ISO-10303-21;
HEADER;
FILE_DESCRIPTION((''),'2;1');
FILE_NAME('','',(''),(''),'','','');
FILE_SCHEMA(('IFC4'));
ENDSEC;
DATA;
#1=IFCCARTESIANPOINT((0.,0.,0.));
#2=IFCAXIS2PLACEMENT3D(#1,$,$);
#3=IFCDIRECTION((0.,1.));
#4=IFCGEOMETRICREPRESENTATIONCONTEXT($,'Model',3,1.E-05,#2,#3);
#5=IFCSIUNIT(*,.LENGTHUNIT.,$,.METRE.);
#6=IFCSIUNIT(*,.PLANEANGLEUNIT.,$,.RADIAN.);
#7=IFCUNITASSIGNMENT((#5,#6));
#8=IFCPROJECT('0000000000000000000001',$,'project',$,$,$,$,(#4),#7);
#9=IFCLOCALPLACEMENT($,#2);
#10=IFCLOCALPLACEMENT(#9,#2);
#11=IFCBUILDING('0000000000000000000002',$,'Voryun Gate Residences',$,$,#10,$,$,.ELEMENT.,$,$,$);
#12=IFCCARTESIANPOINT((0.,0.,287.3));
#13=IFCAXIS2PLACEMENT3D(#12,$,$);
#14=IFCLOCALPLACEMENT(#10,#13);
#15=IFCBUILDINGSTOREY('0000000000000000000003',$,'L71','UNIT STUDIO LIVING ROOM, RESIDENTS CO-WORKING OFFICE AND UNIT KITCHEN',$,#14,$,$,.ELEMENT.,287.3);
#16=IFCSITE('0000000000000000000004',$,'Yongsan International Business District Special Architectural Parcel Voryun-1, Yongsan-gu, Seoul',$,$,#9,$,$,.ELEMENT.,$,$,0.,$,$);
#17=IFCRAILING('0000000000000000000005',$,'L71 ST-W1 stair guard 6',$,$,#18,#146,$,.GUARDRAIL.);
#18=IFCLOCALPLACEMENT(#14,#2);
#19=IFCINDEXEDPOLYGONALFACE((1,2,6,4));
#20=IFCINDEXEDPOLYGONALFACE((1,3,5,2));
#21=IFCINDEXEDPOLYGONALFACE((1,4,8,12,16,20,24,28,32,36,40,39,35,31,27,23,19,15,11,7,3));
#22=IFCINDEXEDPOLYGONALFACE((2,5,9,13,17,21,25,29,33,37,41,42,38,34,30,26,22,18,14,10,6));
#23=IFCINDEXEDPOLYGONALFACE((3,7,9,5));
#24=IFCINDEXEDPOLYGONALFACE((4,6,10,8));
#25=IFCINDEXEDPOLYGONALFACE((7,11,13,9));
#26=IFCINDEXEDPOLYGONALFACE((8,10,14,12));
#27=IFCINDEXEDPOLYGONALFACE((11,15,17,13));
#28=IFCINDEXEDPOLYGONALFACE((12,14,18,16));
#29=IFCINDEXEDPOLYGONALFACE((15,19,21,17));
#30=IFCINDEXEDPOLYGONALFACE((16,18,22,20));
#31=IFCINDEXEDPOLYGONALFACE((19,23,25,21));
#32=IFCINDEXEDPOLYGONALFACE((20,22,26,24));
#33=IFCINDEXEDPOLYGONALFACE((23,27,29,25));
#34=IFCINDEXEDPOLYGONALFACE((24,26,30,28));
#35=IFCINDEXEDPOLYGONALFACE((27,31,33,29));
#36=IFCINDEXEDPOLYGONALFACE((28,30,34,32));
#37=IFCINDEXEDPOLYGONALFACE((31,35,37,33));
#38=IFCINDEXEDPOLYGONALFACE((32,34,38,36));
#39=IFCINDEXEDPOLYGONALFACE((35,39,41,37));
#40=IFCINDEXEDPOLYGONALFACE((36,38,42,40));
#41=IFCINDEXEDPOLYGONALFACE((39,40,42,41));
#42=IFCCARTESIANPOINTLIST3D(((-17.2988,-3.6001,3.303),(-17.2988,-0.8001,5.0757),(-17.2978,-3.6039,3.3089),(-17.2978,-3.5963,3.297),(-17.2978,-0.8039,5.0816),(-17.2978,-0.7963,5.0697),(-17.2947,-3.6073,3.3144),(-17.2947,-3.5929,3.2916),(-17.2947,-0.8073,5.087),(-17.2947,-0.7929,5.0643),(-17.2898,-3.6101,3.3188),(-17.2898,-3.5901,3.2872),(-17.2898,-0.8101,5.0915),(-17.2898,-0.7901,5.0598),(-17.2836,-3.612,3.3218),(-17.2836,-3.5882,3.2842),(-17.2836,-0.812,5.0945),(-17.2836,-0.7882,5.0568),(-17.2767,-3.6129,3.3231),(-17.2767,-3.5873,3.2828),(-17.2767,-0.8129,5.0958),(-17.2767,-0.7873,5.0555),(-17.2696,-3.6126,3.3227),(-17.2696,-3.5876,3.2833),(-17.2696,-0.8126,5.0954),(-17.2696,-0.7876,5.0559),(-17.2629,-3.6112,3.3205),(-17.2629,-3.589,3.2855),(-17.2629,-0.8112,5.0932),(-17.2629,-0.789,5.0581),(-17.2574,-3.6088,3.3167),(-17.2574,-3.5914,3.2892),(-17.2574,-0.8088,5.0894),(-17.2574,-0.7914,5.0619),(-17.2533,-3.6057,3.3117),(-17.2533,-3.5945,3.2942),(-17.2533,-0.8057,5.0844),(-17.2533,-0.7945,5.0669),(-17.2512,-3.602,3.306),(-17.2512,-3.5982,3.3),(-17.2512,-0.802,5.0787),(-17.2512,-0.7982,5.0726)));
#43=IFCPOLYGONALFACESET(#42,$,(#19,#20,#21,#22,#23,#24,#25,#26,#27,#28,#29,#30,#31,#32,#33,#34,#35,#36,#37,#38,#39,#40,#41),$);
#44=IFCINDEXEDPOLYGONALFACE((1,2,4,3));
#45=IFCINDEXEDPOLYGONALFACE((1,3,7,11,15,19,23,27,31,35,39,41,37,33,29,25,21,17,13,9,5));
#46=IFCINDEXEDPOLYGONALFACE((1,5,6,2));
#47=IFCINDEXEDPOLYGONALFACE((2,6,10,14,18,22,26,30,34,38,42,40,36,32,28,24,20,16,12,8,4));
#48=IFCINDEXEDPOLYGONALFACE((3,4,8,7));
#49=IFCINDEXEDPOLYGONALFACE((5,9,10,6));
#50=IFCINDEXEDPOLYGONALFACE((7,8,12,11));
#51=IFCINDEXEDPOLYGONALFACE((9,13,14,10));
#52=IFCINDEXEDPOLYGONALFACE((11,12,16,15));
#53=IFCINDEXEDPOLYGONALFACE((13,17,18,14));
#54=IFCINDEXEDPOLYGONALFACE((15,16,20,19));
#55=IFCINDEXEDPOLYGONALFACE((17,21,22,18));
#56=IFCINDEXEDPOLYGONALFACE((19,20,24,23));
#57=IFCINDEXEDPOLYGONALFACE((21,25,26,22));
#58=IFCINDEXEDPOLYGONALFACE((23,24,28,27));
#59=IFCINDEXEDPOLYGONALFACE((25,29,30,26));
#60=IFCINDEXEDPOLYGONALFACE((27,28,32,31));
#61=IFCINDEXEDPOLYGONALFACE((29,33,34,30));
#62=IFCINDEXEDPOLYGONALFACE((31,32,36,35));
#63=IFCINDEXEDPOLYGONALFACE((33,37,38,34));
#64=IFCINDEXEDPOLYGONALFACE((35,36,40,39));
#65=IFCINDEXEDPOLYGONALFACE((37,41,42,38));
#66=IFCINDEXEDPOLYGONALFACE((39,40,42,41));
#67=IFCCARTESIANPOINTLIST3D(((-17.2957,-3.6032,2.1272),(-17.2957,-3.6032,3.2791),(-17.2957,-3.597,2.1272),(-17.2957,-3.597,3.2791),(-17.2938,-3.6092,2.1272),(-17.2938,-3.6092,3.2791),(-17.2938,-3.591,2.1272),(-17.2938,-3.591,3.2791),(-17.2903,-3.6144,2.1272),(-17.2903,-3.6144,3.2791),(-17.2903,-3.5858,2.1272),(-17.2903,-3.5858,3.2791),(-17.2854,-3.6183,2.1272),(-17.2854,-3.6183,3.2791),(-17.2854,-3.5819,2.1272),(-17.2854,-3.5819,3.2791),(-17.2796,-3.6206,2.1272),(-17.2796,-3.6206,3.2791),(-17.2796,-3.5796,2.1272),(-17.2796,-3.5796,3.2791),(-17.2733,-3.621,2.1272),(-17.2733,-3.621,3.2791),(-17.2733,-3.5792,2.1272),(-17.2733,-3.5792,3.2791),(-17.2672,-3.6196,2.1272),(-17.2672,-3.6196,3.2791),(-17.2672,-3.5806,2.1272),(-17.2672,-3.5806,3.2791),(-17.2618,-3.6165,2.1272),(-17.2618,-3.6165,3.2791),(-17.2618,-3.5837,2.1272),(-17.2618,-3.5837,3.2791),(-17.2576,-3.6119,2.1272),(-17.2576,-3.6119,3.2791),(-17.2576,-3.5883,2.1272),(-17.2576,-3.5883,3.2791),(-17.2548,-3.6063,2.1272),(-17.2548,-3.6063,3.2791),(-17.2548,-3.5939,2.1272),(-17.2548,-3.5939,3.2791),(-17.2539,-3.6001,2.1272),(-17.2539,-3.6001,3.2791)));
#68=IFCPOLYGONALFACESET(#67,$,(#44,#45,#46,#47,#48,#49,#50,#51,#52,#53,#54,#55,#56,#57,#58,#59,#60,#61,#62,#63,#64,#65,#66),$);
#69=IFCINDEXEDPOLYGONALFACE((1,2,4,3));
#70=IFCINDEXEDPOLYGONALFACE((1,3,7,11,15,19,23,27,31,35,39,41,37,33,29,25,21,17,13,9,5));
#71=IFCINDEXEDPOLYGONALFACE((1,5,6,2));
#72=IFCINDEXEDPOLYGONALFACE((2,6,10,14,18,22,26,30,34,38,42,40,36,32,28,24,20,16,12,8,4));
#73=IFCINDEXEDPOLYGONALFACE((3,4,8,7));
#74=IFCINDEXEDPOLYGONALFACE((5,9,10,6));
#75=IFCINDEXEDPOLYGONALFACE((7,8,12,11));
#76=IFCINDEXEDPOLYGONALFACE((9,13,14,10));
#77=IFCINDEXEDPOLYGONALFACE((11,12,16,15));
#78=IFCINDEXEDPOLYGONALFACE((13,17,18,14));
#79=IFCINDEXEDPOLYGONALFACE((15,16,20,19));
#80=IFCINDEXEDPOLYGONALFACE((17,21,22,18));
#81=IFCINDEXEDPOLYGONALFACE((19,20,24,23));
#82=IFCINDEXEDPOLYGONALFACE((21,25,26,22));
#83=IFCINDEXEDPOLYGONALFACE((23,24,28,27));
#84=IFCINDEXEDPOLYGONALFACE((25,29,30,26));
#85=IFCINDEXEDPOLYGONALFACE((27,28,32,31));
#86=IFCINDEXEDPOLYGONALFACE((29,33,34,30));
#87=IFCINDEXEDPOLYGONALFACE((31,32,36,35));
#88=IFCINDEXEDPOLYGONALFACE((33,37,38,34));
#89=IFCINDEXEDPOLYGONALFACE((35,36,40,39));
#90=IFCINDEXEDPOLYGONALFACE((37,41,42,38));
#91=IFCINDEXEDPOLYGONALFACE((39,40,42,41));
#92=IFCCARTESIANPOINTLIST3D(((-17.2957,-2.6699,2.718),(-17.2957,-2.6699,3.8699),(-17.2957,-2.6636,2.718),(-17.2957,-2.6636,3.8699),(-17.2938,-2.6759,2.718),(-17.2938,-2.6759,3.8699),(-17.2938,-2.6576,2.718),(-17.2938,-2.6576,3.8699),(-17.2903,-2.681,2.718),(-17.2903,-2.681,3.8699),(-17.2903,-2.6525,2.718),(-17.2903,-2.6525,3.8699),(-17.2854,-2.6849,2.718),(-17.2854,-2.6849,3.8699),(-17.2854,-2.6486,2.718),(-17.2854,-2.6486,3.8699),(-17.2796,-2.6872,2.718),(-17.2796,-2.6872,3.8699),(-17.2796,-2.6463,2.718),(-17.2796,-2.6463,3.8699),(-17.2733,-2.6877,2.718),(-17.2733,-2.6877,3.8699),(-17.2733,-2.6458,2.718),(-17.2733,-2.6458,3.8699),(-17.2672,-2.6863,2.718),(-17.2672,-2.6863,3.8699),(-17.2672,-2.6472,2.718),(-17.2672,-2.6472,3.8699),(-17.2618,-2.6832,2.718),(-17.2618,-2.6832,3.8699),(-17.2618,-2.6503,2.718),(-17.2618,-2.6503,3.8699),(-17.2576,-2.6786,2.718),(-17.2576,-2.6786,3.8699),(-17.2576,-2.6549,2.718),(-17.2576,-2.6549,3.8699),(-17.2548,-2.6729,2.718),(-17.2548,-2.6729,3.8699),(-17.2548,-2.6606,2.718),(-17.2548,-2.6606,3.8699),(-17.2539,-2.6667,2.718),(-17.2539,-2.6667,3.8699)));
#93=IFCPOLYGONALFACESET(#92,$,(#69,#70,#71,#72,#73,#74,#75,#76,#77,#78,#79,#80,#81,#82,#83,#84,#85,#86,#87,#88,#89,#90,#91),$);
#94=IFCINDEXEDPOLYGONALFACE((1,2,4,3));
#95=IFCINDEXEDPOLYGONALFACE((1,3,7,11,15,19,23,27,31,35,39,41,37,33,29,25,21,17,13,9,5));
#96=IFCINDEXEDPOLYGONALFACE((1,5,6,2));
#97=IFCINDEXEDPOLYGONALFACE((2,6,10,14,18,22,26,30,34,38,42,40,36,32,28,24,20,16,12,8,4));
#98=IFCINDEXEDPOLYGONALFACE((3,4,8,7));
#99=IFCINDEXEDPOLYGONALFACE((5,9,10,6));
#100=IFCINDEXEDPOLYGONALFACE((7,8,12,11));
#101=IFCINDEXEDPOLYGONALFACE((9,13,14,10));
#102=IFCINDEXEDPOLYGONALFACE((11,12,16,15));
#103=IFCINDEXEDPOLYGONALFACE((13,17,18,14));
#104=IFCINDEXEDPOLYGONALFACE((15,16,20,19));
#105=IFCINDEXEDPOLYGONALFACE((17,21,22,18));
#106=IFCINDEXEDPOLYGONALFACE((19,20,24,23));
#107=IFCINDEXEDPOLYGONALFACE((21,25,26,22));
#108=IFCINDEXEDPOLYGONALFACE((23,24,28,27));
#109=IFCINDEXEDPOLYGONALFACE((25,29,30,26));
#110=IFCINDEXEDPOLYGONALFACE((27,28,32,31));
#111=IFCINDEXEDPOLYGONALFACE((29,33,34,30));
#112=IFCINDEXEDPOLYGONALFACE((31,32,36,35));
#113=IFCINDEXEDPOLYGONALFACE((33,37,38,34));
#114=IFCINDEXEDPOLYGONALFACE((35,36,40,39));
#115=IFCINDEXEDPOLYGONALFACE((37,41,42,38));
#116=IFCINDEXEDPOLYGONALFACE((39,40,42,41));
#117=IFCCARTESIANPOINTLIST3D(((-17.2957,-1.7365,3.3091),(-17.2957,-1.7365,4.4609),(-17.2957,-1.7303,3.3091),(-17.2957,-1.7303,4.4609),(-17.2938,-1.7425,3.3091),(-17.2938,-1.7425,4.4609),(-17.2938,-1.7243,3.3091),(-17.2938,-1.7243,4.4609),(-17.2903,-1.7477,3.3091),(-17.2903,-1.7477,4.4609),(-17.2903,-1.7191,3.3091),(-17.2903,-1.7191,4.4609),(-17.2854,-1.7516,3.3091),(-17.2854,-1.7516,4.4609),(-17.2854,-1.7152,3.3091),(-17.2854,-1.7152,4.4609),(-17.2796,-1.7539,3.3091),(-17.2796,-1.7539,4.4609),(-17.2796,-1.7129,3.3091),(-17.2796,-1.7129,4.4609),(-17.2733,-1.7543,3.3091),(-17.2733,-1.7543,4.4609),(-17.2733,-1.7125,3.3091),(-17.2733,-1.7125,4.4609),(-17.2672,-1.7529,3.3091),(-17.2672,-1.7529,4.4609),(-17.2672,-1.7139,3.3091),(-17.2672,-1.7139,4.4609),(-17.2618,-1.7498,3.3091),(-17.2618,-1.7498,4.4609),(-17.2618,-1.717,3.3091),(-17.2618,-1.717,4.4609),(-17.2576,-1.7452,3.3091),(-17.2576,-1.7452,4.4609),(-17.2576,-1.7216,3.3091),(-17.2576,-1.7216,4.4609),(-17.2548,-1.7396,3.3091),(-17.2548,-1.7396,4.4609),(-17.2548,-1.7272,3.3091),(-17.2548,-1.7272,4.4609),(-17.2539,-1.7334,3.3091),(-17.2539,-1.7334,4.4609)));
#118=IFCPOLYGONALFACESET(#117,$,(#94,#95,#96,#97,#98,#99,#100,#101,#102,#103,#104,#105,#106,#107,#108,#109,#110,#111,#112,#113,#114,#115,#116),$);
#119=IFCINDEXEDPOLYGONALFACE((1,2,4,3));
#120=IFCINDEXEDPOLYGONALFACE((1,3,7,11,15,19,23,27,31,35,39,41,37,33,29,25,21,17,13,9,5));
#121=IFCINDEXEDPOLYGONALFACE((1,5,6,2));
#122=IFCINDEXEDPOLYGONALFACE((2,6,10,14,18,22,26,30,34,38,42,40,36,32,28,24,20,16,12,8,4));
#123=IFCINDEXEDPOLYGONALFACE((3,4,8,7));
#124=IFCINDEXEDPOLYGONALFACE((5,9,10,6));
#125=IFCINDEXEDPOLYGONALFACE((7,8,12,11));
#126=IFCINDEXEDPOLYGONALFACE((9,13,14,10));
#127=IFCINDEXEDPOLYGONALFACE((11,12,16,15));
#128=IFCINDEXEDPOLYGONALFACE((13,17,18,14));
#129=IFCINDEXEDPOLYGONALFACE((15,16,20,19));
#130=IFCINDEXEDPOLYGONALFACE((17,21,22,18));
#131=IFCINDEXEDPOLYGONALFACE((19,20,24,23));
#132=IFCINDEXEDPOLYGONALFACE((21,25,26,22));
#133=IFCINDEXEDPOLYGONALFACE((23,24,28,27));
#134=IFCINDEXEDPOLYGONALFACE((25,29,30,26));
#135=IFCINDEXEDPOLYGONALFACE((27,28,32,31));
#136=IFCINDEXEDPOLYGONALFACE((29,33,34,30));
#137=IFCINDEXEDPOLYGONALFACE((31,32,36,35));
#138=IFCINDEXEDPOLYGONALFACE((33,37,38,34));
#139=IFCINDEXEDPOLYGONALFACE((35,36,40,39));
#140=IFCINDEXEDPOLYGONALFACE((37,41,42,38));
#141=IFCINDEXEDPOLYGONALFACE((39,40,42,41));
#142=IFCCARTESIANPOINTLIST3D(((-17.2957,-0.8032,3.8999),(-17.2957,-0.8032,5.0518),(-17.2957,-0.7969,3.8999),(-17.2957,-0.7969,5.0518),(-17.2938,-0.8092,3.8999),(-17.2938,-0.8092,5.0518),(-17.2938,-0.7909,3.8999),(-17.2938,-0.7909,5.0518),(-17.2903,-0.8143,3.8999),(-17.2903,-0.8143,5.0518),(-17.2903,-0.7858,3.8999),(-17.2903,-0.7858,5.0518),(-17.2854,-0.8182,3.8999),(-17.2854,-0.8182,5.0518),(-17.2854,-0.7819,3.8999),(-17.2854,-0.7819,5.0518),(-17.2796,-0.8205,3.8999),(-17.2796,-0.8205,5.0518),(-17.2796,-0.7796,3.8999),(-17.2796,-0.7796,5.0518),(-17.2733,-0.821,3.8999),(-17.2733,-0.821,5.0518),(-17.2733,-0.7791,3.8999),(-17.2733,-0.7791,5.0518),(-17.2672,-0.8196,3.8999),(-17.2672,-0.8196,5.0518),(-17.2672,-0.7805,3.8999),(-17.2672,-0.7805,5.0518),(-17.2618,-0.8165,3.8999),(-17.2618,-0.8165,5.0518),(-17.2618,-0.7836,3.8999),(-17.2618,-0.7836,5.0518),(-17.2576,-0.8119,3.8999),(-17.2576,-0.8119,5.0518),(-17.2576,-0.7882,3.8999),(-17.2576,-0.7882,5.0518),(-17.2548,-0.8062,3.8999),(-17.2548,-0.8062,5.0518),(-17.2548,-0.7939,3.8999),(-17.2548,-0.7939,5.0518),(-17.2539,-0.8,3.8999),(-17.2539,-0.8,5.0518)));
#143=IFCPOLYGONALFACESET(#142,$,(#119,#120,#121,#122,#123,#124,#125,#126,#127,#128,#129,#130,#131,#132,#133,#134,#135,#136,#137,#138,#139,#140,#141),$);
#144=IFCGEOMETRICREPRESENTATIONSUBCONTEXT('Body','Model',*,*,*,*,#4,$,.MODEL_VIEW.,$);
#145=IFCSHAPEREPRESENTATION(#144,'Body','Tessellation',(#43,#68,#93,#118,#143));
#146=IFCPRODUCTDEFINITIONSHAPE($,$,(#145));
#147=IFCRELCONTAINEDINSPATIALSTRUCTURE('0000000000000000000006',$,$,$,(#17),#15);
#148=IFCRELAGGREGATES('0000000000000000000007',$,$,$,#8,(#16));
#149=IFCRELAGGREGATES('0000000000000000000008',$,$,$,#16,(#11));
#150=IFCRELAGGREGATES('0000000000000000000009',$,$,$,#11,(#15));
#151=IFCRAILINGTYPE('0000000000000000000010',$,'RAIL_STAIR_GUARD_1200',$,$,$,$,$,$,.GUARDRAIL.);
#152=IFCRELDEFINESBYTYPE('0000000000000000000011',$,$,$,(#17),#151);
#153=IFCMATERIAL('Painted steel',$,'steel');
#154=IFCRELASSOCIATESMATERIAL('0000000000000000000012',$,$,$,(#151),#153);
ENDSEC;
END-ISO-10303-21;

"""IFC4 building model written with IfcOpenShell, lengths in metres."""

from ifc_helpers import new_model, si_unit, direction, frame, origin, origin_2d, place, context, subcontext, project, spatial, circle, extrude, material, type_object, element, save


model = new_model("IFC4")

# Units and contexts
model_context = context("Model", 3, precision=1e-05, world=origin(), true_north=direction((0.0, 1.0)))
body_context = subcontext(model_context, "Body", "Model", "MODEL_VIEW")
ifc_project = project(units=[si_unit("LENGTHUNIT", "METRE"), si_unit("PLANEANGLEUNIT", "RADIAN")], contexts=[model_context])

# Site, building, storey
site_placement = place(None, origin())
site = spatial("IfcSite", under=ifc_project, at=site_placement, Name="Yongsan International Business District Special Architectural Parcel Voryun-1, Yongsan-gu, Seoul", CompositionType="ELEMENT", RefElevation=0.0)
building_placement = place(site_placement, origin())
building = spatial("IfcBuilding", under=site, at=building_placement, Name="Voryun Gate Residences", CompositionType="ELEMENT")
storey_placement = place(building_placement, frame((0.0, 0.0, 287.3)))
storey = spatial("IfcBuildingStorey", under=building, at=storey_placement, Name="L71", Description="UNIT STUDIO LIVING ROOM, RESIDENTS CO-WORKING OFFICE AND UNIT KITCHEN", CompositionType="ELEMENT", Elevation=287.3)

# Railing
ifc_material_1 = material(Name="Painted steel", Category="steel")
railing_type_1 = type_object("IfcRailingType", Name="RAIL_STAIR_GUARD_1200", PredefinedType="GUARDRAIL", material=ifc_material_1)
railing_1_placement = place(storey_placement, frame((-17.2749, -3.6001, 2.1272)))
element("IfcRailing", 1, at=railing_1_placement, inside=storey, type_object=railing_type_1, Name="L71 ST-W1 stair guard 6", PredefinedType="GUARDRAIL", context=body_context, shape_type="SweptSolid", body=[
    extrude(circle(Radius=0.0239, at=origin_2d()), frame((0.0, 0.0, 1.1758), z_axis=(0.0, 0.844909, 0.53491), x_axis=(-1.0, 0.0, 0.0)), (0.0, 0.0, 1.0), 3.314),
    extrude(circle(Radius=0.021, at=origin_2d()), origin(), (0.0, 0.0, 1.0), 1.1519),
    extrude(circle(Radius=0.021, at=origin_2d()), frame((0.0, 0.9333, 0.5908)), (0.0, 0.0, 1.0), 1.1519),
    extrude(circle(Radius=0.021, at=origin_2d()), frame((0.0, 1.8667, 1.1819)), (0.0, 0.0, 1.0), 1.1519),
    extrude(circle(Radius=0.021, at=origin_2d()), frame((0.0, 2.8, 1.7727)), (0.0, 0.0, 1.0), 1.1519),
])

save(model, "model.ifc")
